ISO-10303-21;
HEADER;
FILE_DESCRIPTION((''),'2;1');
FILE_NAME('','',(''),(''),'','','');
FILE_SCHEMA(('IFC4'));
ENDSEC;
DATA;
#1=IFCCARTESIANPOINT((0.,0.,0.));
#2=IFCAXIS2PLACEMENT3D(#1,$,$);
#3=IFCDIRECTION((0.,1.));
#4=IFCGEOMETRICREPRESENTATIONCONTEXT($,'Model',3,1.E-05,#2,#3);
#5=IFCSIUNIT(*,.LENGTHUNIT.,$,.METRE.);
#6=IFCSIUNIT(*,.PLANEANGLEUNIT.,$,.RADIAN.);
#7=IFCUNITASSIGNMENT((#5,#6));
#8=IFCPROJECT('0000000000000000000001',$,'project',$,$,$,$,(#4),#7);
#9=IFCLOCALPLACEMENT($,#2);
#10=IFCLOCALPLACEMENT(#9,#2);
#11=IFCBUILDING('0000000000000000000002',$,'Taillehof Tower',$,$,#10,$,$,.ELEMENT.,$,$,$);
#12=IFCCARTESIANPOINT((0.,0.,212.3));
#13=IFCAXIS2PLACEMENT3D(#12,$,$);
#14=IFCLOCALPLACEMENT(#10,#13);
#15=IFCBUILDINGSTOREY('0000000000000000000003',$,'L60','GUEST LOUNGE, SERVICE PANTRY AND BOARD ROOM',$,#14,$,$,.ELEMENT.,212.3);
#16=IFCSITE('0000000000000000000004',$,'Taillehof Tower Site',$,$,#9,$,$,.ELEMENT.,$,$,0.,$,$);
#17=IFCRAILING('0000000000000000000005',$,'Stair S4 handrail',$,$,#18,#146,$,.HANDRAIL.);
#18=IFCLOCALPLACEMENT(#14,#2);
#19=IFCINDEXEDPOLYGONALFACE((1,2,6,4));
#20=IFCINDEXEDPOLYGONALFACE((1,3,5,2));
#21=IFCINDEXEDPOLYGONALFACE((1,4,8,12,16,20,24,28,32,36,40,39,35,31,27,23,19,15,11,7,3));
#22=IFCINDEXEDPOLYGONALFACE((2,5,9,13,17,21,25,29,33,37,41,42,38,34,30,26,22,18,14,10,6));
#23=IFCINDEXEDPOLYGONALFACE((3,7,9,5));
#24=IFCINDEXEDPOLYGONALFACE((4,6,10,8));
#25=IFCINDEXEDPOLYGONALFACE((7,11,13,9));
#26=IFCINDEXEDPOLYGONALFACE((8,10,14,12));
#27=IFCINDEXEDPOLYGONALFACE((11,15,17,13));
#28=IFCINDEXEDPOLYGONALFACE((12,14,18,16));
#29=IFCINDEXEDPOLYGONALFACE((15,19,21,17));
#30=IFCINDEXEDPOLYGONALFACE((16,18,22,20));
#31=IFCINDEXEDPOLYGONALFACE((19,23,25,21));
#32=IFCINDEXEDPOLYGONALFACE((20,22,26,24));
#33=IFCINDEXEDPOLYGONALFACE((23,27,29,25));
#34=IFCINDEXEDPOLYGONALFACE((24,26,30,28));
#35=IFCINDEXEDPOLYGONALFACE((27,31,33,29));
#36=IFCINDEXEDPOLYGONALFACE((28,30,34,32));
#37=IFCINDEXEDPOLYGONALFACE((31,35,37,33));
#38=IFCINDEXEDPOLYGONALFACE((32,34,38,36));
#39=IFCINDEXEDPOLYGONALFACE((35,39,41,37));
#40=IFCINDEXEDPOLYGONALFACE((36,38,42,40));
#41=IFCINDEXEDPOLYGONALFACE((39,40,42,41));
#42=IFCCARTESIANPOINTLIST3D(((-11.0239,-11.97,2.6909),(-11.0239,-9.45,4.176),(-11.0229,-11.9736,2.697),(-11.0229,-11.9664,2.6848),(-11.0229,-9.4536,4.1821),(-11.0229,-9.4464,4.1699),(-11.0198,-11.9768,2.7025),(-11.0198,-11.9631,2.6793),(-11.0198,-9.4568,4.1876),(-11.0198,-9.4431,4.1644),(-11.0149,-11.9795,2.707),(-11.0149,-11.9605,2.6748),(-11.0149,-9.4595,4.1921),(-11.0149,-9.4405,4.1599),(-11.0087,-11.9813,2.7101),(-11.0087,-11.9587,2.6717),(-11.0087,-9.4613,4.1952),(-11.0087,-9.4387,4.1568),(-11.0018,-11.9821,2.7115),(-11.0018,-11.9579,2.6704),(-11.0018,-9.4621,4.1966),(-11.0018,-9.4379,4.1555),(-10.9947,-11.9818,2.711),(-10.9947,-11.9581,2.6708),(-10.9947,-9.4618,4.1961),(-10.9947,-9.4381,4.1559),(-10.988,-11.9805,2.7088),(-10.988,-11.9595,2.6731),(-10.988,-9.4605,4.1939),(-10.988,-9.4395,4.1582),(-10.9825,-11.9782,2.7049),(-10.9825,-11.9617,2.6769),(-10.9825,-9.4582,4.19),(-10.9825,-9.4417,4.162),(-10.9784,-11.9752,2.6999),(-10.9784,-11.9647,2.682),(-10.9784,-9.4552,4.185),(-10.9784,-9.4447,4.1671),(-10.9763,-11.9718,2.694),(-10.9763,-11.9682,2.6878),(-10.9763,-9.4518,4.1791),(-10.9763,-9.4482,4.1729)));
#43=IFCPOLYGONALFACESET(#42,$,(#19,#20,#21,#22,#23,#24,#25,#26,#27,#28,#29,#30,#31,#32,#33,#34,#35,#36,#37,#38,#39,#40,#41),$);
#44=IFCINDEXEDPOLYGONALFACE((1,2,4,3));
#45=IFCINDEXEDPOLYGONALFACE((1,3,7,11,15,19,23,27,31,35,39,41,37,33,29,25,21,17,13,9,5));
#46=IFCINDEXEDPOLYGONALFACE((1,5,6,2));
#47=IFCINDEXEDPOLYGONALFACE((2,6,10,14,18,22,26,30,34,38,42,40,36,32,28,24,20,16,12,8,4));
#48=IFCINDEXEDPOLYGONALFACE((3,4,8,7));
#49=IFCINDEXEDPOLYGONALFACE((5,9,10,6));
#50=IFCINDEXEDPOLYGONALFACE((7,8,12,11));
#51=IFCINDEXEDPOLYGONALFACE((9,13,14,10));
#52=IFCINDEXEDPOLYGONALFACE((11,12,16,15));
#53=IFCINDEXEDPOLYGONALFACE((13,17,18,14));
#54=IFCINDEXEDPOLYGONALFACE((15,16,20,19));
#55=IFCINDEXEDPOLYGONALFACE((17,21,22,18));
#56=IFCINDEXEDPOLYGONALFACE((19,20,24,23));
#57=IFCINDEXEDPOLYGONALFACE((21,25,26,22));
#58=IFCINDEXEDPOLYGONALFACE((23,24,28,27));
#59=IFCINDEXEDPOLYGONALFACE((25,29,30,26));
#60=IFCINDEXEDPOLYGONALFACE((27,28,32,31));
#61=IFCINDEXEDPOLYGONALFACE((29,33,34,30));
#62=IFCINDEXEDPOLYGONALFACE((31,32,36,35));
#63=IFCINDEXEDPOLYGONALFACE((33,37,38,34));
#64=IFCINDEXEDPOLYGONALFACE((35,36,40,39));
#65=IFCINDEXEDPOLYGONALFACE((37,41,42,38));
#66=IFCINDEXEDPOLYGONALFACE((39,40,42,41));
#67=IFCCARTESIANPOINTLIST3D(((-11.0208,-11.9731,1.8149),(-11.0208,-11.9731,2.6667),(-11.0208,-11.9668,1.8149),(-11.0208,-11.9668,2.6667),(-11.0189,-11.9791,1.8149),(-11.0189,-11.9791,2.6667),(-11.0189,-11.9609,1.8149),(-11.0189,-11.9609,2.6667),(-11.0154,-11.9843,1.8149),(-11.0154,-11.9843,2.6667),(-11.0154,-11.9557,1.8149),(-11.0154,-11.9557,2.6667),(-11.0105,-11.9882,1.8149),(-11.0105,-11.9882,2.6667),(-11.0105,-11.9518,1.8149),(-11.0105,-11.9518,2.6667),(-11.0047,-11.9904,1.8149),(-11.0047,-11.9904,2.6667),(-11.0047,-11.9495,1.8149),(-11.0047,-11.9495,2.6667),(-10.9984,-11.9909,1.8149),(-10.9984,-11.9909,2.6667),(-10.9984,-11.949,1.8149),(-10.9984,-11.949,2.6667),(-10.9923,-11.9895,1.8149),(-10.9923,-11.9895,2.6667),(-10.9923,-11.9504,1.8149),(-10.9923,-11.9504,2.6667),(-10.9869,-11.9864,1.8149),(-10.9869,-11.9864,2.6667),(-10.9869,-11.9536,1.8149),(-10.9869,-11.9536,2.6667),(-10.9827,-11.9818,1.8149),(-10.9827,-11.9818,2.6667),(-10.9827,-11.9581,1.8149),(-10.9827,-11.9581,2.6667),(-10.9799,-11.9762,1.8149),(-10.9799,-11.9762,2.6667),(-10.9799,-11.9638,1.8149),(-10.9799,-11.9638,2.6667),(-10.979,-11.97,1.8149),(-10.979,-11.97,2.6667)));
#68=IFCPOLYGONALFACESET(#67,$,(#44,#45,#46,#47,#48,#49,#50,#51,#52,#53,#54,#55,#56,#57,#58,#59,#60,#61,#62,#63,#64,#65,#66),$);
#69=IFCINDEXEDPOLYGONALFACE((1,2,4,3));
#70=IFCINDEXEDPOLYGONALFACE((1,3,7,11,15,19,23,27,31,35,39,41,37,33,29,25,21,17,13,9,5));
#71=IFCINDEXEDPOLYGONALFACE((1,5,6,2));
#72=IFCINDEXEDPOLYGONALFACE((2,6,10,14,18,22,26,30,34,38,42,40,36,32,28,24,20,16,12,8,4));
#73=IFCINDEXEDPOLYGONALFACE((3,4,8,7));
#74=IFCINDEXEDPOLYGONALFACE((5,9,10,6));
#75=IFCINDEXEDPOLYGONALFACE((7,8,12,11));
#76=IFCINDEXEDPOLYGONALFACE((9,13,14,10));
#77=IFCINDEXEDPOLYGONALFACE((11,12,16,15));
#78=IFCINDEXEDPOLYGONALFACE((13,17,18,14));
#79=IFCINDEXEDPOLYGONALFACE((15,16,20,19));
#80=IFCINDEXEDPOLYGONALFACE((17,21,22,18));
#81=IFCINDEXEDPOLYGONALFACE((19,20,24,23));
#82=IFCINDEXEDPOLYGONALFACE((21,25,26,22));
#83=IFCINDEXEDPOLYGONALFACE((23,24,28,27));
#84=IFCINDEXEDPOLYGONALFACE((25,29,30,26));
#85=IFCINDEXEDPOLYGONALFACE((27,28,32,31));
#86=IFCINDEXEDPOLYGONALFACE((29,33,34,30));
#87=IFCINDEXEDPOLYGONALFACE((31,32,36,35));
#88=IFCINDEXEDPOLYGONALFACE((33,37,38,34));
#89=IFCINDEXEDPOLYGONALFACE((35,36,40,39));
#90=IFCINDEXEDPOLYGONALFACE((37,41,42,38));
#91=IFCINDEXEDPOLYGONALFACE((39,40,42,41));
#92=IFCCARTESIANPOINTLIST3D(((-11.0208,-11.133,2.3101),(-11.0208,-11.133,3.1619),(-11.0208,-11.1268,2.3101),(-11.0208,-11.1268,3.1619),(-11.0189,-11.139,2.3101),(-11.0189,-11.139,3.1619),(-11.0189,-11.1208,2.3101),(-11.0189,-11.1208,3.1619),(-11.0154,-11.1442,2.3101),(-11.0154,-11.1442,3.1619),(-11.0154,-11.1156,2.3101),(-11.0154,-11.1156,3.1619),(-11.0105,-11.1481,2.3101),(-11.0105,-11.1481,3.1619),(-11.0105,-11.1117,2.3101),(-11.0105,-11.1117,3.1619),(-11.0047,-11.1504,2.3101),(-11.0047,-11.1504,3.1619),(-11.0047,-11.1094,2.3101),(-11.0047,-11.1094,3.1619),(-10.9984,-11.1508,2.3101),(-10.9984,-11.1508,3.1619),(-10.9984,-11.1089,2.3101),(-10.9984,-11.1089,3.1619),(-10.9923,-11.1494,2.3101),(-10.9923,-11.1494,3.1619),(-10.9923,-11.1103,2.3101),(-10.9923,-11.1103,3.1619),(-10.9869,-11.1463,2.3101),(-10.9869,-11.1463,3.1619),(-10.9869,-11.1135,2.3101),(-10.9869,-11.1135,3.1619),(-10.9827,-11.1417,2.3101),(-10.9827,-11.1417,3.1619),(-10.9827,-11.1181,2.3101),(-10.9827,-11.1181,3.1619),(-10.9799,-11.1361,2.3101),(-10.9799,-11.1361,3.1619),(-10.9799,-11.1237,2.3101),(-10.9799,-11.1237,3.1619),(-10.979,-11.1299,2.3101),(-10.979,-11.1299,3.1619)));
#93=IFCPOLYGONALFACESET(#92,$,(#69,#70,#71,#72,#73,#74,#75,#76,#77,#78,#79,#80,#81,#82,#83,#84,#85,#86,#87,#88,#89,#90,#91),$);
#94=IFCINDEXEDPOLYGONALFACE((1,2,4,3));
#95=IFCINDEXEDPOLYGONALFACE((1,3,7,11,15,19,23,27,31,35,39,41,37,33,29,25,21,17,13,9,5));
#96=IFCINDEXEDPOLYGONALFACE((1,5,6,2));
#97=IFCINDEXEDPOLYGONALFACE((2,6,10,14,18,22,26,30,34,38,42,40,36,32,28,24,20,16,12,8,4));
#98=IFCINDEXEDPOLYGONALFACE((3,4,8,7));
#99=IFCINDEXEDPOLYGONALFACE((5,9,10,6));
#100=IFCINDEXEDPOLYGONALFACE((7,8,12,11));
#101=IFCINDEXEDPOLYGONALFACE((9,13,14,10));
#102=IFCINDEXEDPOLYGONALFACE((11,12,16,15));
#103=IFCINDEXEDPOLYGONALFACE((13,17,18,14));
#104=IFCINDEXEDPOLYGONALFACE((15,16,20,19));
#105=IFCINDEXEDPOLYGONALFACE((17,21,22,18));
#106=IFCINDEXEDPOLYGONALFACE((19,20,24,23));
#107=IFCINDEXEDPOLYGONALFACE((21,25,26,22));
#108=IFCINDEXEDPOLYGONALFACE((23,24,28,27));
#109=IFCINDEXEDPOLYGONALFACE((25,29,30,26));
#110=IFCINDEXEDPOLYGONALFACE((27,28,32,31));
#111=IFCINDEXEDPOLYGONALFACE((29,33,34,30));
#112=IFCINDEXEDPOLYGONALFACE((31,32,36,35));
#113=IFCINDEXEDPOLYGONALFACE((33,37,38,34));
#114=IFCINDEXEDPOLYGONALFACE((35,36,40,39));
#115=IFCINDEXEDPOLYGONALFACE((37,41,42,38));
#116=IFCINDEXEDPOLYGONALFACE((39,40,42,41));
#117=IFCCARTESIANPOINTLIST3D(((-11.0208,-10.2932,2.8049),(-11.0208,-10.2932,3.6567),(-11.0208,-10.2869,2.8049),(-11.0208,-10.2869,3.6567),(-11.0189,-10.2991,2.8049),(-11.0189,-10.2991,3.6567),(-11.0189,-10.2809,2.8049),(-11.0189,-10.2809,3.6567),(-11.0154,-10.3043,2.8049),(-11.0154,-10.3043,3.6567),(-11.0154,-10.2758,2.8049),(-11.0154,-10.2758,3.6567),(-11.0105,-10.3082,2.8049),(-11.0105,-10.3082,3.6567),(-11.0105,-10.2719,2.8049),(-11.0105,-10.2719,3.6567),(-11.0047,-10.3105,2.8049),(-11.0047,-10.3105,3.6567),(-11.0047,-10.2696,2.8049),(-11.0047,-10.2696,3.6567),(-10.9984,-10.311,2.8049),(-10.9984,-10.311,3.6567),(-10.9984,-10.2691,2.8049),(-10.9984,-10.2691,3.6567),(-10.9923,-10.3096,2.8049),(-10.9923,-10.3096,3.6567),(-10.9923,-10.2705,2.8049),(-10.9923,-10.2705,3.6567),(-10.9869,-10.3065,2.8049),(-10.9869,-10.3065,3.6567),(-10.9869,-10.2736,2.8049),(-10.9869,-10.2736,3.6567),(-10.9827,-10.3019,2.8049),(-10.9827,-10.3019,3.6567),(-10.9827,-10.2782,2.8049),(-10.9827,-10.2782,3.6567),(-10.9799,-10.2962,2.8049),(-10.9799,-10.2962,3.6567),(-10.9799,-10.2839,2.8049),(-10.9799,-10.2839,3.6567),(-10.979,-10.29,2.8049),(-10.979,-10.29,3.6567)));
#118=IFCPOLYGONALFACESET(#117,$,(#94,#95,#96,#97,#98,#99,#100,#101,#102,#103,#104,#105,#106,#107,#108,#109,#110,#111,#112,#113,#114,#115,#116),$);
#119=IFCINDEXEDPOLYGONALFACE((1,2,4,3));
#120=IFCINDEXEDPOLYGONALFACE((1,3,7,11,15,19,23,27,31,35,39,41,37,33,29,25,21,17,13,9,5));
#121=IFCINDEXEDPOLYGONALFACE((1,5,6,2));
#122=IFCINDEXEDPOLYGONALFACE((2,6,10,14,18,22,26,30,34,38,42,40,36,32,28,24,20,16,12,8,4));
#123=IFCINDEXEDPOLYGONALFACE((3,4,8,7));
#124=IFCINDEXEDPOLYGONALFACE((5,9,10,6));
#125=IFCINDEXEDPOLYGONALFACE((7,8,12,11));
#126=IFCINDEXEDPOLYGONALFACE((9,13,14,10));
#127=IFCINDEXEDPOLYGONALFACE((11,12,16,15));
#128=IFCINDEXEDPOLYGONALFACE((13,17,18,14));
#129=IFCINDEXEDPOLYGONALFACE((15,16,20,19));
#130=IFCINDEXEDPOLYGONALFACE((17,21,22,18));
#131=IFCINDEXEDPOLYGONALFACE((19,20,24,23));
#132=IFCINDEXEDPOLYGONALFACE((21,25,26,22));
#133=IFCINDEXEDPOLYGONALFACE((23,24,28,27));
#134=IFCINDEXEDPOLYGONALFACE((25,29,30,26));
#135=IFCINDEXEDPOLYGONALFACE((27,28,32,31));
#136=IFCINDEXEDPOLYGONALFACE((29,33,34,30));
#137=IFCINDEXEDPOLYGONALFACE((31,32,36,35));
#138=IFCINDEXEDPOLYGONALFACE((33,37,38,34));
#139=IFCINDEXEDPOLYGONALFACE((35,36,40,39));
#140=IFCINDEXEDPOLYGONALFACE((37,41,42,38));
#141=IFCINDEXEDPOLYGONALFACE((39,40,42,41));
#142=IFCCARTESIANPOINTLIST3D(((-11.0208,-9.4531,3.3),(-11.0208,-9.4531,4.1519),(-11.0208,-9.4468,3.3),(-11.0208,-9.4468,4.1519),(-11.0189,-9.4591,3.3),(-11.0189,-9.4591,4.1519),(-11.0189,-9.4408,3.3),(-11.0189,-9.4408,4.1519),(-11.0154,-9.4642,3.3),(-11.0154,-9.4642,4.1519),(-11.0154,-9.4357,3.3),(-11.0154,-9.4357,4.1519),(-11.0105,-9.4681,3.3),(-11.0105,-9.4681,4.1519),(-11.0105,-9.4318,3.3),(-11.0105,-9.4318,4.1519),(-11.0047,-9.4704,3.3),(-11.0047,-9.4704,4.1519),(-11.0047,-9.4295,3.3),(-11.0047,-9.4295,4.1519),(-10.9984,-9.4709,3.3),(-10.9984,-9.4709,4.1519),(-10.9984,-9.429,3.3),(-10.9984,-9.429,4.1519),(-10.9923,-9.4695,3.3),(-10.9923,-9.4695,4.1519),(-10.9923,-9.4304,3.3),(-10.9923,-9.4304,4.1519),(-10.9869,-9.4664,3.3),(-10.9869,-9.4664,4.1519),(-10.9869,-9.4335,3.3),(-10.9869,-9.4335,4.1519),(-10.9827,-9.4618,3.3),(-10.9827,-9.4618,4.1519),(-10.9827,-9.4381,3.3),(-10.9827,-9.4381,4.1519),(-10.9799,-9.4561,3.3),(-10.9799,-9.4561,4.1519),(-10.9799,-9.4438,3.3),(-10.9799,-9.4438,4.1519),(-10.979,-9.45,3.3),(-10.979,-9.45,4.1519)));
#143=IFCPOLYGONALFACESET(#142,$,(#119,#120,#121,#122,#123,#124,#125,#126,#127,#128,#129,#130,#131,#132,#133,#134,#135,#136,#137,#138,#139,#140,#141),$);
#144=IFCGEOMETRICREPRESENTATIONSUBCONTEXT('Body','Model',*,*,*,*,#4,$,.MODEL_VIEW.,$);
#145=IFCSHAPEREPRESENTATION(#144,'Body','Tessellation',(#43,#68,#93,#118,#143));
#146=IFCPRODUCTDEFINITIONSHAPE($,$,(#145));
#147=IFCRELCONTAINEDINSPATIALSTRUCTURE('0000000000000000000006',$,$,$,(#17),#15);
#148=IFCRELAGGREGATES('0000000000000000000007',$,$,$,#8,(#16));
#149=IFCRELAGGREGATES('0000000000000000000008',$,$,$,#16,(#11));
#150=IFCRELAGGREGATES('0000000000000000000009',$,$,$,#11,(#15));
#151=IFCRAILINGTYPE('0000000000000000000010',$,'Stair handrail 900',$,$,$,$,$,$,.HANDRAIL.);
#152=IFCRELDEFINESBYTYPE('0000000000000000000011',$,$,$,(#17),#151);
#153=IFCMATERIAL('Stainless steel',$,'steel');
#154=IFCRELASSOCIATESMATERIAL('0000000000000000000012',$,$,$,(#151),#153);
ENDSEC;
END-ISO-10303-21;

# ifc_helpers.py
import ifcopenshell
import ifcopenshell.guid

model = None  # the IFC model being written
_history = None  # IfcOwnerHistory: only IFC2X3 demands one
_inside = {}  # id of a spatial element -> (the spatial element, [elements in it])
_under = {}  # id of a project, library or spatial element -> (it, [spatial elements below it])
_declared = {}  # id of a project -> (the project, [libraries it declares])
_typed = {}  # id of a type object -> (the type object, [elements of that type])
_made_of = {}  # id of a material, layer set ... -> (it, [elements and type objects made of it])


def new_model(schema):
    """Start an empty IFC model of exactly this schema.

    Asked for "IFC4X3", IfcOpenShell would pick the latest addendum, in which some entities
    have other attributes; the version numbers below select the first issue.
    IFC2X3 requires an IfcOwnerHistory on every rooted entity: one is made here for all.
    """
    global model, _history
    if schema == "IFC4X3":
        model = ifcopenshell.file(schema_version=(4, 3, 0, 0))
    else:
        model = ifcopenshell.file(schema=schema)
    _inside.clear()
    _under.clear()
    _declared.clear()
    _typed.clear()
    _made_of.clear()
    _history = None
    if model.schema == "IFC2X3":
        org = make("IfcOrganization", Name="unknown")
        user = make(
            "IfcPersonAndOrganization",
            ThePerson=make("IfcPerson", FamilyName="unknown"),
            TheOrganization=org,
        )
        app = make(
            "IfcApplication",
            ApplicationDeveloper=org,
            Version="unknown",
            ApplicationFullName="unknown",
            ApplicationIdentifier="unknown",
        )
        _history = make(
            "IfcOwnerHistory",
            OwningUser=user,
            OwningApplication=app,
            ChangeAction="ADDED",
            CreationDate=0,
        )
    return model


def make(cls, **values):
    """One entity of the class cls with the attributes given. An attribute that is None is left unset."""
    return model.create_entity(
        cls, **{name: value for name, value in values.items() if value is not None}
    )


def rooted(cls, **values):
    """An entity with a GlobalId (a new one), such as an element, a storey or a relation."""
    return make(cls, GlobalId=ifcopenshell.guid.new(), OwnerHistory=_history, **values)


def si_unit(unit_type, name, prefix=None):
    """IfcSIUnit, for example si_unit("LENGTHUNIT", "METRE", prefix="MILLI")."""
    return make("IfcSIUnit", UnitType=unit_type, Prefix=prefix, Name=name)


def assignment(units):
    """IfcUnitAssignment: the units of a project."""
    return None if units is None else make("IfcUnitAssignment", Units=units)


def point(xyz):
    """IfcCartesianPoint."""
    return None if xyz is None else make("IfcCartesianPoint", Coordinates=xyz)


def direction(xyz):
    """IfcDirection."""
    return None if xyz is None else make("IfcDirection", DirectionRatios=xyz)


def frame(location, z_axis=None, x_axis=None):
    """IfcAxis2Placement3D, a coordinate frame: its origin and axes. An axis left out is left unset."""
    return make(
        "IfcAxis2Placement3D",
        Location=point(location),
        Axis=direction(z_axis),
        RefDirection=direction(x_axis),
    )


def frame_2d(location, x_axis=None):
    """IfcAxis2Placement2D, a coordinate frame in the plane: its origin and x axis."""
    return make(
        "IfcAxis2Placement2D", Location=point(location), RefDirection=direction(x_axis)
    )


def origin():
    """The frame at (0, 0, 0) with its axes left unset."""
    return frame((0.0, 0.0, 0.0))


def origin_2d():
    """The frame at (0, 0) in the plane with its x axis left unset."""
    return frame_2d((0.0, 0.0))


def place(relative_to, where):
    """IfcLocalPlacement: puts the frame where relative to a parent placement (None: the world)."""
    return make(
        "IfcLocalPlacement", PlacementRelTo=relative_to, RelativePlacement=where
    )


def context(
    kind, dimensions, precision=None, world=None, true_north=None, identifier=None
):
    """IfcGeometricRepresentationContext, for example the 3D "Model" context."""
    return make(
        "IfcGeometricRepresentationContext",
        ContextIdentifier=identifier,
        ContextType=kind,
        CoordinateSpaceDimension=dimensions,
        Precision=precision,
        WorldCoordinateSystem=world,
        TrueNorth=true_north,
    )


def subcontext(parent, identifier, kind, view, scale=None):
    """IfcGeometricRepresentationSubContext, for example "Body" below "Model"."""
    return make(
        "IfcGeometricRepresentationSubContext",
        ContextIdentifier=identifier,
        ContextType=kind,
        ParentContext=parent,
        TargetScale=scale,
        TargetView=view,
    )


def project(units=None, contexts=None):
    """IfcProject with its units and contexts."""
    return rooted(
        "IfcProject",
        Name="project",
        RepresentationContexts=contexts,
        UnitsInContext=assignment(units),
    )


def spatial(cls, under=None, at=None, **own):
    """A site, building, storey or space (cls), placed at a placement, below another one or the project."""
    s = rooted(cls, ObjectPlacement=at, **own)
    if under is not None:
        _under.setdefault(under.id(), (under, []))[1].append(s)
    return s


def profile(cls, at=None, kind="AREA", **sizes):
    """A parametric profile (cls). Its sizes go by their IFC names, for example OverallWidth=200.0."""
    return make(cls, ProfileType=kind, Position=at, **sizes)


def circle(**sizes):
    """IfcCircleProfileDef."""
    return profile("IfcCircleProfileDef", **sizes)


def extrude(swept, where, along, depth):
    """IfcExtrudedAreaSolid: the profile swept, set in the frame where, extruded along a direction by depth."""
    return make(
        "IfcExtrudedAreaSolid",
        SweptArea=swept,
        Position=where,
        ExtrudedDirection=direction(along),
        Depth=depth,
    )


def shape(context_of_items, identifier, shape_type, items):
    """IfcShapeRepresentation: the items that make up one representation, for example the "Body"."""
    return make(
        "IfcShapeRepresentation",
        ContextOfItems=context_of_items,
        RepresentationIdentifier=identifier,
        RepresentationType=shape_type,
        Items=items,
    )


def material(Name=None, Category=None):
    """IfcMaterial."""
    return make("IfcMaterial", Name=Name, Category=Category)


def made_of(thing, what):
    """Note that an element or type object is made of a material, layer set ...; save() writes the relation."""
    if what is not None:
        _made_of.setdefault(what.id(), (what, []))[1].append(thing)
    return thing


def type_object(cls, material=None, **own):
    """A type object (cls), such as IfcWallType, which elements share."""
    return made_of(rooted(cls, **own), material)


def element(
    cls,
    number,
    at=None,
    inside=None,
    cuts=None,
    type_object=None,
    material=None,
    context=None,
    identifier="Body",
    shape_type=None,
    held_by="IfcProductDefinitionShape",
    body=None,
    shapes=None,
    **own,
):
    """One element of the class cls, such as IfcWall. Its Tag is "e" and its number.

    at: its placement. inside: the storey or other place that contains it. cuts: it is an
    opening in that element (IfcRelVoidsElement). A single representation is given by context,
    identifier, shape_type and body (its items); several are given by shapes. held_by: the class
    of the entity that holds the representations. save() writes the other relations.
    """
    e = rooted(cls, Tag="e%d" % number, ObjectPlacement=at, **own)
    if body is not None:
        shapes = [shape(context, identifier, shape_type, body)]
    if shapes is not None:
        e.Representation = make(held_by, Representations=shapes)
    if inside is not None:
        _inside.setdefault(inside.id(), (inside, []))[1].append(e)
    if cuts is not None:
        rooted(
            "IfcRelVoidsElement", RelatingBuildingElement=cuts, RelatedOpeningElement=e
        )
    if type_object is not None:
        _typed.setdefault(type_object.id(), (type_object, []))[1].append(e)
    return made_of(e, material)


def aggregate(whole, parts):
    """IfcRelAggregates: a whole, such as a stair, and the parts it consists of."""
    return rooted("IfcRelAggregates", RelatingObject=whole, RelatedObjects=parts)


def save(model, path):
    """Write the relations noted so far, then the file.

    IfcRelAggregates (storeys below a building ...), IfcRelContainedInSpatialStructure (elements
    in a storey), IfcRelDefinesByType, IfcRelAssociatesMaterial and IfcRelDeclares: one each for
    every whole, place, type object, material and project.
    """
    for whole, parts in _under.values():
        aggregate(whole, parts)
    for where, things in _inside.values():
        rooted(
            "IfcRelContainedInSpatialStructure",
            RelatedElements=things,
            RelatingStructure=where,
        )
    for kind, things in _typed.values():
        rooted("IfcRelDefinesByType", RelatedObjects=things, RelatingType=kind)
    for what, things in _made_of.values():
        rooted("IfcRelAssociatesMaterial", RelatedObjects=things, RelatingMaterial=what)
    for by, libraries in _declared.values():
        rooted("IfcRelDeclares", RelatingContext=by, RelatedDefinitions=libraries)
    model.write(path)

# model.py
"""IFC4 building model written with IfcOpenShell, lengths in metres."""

from ifc_helpers import new_model, si_unit, direction, frame, origin, origin_2d, place, context, subcontext, project, spatial, circle, extrude, material, type_object, element, save


model = new_model("IFC4")

# Units and contexts
model_context = context("Model", 3, precision=1e-05, world=origin(), true_north=direction((0.0, 1.0)))
body_context = subcontext(model_context, "Body", "Model", "MODEL_VIEW")
ifc_project = project(units=[si_unit("LENGTHUNIT", "METRE"), si_unit("PLANEANGLEUNIT", "RADIAN")], contexts=[model_context])

# Site, building, storey
site_placement = place(None, origin())
site = spatial("IfcSite", under=ifc_project, at=site_placement, Name="Taillehof Tower Site", CompositionType="ELEMENT", RefElevation=0.0)
building_placement = place(site_placement, origin())
building = spatial("IfcBuilding", under=site, at=building_placement, Name="Taillehof Tower", CompositionType="ELEMENT")
storey_placement = place(building_placement, frame((0.0, 0.0, 212.3)))
storey = spatial("IfcBuildingStorey", under=building, at=storey_placement, Name="L60", Description="GUEST LOUNGE, SERVICE PANTRY AND BOARD ROOM", CompositionType="ELEMENT", Elevation=212.3)

# Railing
ifc_material_1 = material(Name="Stainless steel", Category="steel")
railing_type = type_object("IfcRailingType", Name="Stair handrail 900", PredefinedType="HANDRAIL", material=ifc_material_1)
railing_placement = place(storey_placement, frame((-11.0, -11.97, 1.8149)))
element("IfcRailing", 1, at=railing_placement, inside=storey, type_object=railing_type, Name="Stair S4 handrail", PredefinedType="HANDRAIL", context=body_context, shape_type="SweptSolid", body=[
    extrude(circle(Radius=0.0239, at=origin_2d()), frame((0.0, 0.0, 0.876), z_axis=(0.0, 0.861524, 0.507717), x_axis=(-1.0, 0.0, 0.0)), (0.0, 0.0, 1.0), 2.925),
    extrude(circle(Radius=0.021, at=origin_2d()), origin(), (0.0, 0.0, 1.0), 0.8518),
    extrude(circle(Radius=0.021, at=origin_2d()), frame((0.0, 0.8401, 0.4951)), (0.0, 0.0, 1.0), 0.8518),
    extrude(circle(Radius=0.021, at=origin_2d()), frame((0.0, 1.6799, 0.99)), (0.0, 0.0, 1.0), 0.8518),
    extrude(circle(Radius=0.021, at=origin_2d()), frame((0.0, 2.52, 1.4851)), (0.0, 0.0, 1.0), 0.8518),
])

save(model, "model.ifc")
